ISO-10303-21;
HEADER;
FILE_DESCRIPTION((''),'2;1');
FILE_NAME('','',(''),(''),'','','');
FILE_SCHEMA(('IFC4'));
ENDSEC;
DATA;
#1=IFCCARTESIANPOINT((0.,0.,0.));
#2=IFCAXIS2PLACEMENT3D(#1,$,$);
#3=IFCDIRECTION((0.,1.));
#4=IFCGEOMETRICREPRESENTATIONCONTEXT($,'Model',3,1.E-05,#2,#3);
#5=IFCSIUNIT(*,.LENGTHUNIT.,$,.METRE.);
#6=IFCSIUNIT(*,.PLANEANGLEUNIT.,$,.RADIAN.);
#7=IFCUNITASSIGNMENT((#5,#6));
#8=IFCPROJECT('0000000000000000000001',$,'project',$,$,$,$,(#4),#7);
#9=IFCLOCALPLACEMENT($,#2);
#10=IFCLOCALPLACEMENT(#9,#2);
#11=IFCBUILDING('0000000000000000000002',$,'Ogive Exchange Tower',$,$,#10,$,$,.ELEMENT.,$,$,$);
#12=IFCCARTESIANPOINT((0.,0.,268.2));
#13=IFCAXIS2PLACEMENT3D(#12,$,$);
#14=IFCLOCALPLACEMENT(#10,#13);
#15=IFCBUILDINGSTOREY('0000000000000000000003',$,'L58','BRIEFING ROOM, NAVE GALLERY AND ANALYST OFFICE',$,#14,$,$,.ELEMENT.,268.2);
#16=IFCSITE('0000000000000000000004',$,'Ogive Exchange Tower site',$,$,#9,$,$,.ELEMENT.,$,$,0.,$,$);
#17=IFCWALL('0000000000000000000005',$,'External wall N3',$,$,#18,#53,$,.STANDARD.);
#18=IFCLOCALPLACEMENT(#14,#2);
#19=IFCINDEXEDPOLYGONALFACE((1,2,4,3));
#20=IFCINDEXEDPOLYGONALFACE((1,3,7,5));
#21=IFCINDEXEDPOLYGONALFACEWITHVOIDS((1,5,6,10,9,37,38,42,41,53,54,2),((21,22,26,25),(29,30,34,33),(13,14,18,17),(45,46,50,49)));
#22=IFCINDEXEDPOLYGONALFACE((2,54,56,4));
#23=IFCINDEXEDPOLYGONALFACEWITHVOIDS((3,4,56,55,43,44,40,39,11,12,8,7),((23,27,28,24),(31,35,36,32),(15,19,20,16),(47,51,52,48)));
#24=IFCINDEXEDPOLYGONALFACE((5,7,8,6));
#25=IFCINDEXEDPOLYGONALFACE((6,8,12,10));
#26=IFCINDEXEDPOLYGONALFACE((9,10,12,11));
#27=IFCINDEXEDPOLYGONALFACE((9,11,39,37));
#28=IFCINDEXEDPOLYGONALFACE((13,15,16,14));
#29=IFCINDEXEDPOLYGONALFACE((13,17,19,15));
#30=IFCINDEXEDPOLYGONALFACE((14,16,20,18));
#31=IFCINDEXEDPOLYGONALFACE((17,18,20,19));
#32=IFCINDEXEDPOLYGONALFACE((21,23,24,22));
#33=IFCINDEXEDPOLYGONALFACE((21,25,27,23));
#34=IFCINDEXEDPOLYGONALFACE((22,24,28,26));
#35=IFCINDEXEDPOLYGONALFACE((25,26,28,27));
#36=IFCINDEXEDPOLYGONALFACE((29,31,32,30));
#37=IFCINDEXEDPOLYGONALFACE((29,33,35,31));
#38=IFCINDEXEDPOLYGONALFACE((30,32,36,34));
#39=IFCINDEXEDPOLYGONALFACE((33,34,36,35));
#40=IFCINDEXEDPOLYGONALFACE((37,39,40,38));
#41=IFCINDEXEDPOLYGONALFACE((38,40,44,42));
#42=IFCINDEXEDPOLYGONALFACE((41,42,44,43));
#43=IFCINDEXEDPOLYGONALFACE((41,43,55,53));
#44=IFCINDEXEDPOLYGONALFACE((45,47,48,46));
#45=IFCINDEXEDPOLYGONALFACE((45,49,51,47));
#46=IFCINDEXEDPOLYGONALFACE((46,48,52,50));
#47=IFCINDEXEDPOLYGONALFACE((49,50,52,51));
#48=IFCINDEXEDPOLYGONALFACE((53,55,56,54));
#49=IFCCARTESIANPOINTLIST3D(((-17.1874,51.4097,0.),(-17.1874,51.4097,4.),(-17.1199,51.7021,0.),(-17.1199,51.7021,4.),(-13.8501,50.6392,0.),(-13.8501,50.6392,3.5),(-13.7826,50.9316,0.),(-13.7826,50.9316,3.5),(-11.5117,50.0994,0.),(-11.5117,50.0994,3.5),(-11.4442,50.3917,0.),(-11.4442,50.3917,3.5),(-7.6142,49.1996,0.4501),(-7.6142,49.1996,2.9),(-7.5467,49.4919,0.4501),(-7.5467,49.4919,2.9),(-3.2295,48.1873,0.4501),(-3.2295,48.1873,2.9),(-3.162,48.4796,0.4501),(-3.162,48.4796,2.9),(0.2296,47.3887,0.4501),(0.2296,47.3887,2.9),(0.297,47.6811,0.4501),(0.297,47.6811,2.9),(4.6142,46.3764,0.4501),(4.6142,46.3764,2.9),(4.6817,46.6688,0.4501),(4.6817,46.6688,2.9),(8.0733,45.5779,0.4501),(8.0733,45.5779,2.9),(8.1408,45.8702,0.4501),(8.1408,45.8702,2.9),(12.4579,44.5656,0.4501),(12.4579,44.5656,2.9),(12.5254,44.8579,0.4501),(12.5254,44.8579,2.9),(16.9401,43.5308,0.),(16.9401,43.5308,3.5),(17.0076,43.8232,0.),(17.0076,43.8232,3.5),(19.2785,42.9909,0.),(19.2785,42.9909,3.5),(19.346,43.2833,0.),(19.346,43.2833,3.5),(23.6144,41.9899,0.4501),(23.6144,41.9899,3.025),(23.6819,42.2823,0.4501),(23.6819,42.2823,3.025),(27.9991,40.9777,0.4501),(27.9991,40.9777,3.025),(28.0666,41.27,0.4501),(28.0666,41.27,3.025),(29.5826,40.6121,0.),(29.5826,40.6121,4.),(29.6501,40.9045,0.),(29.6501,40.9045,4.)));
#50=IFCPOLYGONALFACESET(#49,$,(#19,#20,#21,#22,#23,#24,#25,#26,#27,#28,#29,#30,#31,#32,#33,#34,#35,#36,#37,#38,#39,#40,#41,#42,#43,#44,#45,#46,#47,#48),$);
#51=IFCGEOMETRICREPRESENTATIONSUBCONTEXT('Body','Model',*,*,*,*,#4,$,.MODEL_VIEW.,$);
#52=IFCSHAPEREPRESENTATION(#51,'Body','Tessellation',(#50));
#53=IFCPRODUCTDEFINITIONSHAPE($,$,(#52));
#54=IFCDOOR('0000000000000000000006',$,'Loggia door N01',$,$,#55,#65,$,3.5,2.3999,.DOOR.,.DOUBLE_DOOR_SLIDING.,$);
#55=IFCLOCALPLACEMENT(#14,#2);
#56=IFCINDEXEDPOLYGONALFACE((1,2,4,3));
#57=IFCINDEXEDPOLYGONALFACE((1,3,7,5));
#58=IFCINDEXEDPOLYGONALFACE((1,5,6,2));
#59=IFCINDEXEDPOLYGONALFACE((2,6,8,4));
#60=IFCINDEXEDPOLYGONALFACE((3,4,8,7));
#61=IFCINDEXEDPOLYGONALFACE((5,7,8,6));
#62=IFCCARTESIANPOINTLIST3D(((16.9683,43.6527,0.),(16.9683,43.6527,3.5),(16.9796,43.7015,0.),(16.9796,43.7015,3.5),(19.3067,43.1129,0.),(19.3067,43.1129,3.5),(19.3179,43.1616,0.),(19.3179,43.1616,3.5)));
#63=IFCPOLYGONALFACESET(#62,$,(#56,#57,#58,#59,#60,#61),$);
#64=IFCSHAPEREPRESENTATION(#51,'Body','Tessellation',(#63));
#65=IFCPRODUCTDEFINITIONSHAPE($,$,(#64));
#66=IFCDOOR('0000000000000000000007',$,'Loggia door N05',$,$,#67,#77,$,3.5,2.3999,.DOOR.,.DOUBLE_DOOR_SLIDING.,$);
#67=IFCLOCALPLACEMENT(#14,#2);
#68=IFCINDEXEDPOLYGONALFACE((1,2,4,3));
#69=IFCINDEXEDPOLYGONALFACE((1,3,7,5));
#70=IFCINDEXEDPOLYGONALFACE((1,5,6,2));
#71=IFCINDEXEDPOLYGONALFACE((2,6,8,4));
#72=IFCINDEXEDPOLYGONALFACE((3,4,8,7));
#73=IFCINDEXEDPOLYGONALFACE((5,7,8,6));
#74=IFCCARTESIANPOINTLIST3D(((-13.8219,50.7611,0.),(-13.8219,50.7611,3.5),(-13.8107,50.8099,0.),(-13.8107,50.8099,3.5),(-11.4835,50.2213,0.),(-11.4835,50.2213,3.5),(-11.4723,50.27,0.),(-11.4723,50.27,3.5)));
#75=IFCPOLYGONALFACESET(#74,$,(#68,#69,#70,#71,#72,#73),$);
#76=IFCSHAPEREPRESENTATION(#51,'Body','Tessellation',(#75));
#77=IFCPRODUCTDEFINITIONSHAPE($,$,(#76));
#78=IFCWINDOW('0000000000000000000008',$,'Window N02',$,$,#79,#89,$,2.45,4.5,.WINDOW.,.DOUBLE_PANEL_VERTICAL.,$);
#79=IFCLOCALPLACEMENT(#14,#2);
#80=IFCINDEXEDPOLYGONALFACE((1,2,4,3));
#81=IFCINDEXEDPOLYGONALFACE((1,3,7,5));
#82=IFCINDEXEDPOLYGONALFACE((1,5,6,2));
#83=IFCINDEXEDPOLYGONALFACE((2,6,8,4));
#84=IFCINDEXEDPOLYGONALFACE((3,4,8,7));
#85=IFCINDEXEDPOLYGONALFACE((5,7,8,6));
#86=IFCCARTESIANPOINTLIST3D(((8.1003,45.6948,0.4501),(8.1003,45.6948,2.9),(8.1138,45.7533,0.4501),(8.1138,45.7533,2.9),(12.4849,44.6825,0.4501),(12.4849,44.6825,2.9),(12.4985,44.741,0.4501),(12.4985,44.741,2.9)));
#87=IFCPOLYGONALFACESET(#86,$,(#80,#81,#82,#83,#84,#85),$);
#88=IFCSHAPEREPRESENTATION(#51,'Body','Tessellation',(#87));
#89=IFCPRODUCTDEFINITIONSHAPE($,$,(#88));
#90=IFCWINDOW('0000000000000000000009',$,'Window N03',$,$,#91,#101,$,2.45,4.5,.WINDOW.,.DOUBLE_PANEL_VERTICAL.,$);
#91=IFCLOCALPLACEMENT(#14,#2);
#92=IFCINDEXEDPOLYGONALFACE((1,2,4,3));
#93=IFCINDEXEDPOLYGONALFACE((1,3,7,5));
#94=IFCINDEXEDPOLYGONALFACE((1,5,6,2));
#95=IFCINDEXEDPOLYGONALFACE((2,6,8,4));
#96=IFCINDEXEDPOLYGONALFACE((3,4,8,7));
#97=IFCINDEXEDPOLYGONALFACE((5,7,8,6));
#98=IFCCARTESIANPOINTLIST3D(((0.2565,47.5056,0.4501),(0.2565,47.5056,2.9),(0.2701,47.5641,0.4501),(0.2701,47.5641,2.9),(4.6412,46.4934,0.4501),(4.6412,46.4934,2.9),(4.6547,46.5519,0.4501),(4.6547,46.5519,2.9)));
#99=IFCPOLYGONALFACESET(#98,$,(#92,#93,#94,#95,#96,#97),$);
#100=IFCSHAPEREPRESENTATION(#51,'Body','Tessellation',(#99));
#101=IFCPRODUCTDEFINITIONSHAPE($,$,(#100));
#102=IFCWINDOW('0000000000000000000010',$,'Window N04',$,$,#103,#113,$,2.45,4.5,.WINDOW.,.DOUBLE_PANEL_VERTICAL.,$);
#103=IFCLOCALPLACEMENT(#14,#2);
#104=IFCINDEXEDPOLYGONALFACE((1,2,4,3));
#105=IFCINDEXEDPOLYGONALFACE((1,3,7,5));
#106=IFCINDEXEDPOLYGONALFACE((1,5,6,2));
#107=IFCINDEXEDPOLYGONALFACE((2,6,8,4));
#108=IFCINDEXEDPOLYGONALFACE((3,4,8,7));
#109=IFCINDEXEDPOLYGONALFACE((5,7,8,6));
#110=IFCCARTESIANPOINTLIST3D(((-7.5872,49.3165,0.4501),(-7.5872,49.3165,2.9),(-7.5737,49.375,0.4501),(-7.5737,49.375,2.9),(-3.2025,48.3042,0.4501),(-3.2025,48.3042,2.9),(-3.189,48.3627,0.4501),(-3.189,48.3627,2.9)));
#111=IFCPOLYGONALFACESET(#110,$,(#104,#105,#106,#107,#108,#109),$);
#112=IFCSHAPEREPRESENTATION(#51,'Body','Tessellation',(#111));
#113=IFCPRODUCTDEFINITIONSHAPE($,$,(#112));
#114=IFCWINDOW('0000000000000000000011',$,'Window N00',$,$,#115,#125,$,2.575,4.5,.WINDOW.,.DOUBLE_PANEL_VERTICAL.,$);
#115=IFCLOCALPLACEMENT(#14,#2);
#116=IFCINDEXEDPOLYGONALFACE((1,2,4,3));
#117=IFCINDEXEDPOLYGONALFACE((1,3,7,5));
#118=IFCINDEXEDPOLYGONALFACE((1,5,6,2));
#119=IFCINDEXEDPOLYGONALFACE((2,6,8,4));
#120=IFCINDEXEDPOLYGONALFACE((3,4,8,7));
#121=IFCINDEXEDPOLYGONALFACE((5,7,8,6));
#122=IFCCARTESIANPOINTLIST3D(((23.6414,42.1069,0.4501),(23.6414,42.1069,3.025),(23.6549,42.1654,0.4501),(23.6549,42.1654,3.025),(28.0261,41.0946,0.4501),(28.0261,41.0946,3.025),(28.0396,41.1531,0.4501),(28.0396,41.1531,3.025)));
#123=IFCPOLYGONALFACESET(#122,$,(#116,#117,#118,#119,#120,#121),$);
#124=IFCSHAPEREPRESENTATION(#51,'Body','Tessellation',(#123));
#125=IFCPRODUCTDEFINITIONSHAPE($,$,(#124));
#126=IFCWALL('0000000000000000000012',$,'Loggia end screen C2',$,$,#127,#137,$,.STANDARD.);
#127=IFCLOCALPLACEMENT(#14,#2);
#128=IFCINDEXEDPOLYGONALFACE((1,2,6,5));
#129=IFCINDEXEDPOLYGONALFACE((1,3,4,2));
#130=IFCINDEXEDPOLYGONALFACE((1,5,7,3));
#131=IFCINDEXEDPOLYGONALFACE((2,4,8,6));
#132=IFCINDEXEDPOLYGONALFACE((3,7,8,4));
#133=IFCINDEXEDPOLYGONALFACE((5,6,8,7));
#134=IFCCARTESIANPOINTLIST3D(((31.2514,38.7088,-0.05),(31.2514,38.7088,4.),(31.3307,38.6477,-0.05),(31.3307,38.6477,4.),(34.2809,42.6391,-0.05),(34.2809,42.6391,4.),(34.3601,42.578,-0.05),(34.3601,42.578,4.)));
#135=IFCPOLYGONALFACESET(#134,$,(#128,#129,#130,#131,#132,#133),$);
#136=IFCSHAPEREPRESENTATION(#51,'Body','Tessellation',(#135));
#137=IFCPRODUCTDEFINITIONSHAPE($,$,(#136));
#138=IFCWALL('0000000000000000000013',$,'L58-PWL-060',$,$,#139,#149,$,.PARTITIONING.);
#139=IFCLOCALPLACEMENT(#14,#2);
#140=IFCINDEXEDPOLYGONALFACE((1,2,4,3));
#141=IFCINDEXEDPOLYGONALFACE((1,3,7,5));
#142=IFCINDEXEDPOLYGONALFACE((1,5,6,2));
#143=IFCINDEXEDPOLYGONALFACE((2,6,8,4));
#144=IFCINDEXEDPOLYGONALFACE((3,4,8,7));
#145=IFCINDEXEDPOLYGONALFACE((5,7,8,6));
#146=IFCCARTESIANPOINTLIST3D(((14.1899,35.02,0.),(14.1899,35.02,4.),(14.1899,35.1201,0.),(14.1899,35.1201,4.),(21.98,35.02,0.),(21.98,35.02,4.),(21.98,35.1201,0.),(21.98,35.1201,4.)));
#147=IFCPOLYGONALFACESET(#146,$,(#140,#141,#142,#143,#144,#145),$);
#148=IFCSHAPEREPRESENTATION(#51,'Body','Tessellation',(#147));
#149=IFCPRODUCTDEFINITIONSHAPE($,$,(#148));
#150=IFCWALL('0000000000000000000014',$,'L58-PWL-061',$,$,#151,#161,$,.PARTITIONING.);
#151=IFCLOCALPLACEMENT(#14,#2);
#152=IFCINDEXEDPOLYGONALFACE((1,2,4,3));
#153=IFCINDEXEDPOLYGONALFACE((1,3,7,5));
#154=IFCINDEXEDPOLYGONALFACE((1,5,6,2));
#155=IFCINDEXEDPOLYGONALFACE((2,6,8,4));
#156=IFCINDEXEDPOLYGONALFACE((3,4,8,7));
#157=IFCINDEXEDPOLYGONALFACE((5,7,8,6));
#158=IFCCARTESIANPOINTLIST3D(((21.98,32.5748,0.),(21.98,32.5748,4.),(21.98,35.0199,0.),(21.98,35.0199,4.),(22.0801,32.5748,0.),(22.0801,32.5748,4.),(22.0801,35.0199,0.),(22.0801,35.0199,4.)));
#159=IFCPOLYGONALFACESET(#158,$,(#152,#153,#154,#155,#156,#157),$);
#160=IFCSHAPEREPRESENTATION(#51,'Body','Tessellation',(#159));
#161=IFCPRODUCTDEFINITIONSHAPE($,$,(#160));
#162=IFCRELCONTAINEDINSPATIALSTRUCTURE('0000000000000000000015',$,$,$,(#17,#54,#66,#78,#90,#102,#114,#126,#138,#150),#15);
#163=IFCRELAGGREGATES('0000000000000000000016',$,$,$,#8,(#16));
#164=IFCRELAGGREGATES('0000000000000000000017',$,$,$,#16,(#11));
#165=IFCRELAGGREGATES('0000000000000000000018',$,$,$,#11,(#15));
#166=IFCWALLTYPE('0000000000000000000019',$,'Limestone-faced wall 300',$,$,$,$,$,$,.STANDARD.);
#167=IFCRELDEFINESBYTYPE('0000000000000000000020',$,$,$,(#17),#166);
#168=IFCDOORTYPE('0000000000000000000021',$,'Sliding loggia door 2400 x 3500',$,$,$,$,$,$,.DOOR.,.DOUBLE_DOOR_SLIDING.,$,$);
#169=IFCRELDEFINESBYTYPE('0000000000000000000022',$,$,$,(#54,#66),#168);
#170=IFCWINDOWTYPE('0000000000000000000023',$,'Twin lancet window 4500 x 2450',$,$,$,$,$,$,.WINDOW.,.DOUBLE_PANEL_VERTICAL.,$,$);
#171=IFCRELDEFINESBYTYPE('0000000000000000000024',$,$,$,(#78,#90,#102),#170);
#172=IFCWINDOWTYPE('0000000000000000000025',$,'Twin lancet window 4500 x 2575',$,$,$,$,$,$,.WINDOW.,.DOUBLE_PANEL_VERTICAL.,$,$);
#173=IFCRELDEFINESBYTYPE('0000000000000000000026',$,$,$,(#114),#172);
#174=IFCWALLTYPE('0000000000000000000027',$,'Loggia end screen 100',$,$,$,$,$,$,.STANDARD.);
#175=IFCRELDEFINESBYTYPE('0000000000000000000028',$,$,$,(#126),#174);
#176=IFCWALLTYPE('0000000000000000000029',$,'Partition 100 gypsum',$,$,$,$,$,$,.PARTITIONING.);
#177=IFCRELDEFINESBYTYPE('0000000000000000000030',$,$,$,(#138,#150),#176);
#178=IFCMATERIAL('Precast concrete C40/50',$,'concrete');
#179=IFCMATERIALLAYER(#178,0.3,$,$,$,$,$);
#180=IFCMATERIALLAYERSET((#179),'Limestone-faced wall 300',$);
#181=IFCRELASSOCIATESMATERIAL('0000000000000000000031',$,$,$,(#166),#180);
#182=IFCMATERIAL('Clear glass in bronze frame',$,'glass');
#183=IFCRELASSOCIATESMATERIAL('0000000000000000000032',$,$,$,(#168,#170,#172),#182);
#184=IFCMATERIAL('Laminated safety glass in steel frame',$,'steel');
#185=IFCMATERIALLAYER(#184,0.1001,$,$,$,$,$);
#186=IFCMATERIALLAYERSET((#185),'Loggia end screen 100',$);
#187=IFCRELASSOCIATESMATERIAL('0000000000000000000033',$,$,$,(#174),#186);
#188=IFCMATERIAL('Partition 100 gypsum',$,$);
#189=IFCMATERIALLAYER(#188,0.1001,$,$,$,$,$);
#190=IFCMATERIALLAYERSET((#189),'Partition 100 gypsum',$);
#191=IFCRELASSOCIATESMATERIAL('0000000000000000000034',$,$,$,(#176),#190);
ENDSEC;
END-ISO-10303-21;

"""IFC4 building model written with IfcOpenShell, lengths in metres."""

from ifc_helpers import new_model, si_unit, direction, frame, frame_2d, origin, place, context, subcontext, project, spatial, rectangle, extrude, material, layer, layer_set, type_object, element, fill, save


model = new_model("IFC4")

# Units and contexts
model_context = context("Model", 3, precision=1e-05, world=origin(), true_north=direction((0.0, 1.0)))
body_context = subcontext(model_context, "Body", "Model", "MODEL_VIEW")
ifc_project = project(units=[si_unit("LENGTHUNIT", "METRE"), si_unit("PLANEANGLEUNIT", "RADIAN")], contexts=[model_context])

# Site, building, storey
site_placement = place(None, origin())
site = spatial("IfcSite", under=ifc_project, at=site_placement, Name="Ogive Exchange Tower site", CompositionType="ELEMENT", RefElevation=0.0)
building_placement = place(site_placement, origin())
building = spatial("IfcBuilding", under=site, at=building_placement, Name="Ogive Exchange Tower", CompositionType="ELEMENT")
storey_placement = place(building_placement, frame((0.0, 0.0, 268.2)))
storey = spatial("IfcBuildingStorey", under=building, at=storey_placement, Name="L58", Description="BRIEFING ROOM, NAVE GALLERY AND ANALYST OFFICE", CompositionType="ELEMENT", Elevation=268.2)

# Wall, openings, doors, windows
ifc_material_1 = material(Name="Precast concrete C40/50", Category="concrete")
ifc_layer_1 = layer(ifc_material_1, 0.3)
ifc_layer_set_1 = layer_set([ifc_layer_1], Name="Limestone-faced wall 300")
wall_type_1 = type_object("IfcWallType", Name="Limestone-faced wall 300", PredefinedType="STANDARD", material=ifc_layer_set_1)
wall_1_placement = place(storey_placement, frame((29.6162, 40.7583, 0.0), z_axis=(0.0, 0.0, 1.0), x_axis=(-0.974371, 0.224949, 0.0)))
wall_1 = element("IfcWall", 1, at=wall_1_placement, inside=storey, type_object=wall_type_1, Name="External wall N3", PredefinedType="STANDARD", context=body_context, shape_type="SweptSolid", body=[
    extrude(rectangle(XDim=48.0002, YDim=0.3, at=frame_2d((24.0, 0.0))), origin(), (0.0, 0.0, 1.0), 4.0),
])
opening_1_placement = place(wall_1_placement, frame((1.625, 0.0, 0.45)))
opening_1 = element("IfcOpeningElement", 2, at=opening_1_placement, cuts=wall_1, PredefinedType="OPENING", context=body_context, shape_type="SweptSolid", body=[
    extrude(rectangle(XDim=4.5, YDim=2.575, at=frame_2d((2.25, 1.2876))), frame((0.0, 0.1599, 0.0), z_axis=(0.0, -1.0, 0.0), x_axis=(1.0, 0.0, 0.0)), (0.0, 0.0, 1.0), 0.3201),
])
opening_2_placement = place(wall_1_placement, frame((10.575, 0.0, 0.0)))
opening_2 = element("IfcOpeningElement", 3, at=opening_2_placement, cuts=wall_1, PredefinedType="OPENING", context=body_context, shape_type="SweptSolid", body=[
    extrude(rectangle(XDim=2.3999, YDim=3.5, at=frame_2d((1.2, 1.75))), frame((0.0, 0.1599, 0.0), z_axis=(0.0, -1.0, 0.0), x_axis=(1.0, 0.0, 0.0)), (0.0, 0.0, 1.0), 0.3201),
])
opening_3_placement = place(wall_1_placement, frame((17.575, 0.0, 0.45)))
opening_3 = element("IfcOpeningElement", 4, at=opening_3_placement, cuts=wall_1, PredefinedType="OPENING", context=body_context, shape_type="SweptSolid", body=[
    extrude(rectangle(XDim=4.5, YDim=2.45, at=frame_2d((2.25, 1.2251))), frame((0.0, 0.1599, 0.0), z_axis=(0.0, -1.0, 0.0), x_axis=(1.0, 0.0, 0.0)), (0.0, 0.0, 1.0), 0.3201),
])
opening_4_placement = place(wall_1_placement, frame((25.625, 0.0, 0.45)))
opening_4 = element("IfcOpeningElement", 5, at=opening_4_placement, cuts=wall_1, PredefinedType="OPENING", context=body_context, shape_type="SweptSolid", body=[
    extrude(rectangle(XDim=4.5, YDim=2.45, at=frame_2d((2.25, 1.2251))), frame((0.0, 0.1599, 0.0), z_axis=(0.0, -1.0, 0.0), x_axis=(1.0, 0.0, 0.0)), (0.0, 0.0, 1.0), 0.3201),
])
opening_5_placement = place(wall_1_placement, frame((33.675, 0.0, 0.45)))
opening_5 = element("IfcOpeningElement", 6, at=opening_5_placement, cuts=wall_1, PredefinedType="OPENING", context=body_context, shape_type="SweptSolid", body=[
    extrude(rectangle(XDim=4.5, YDim=2.45, at=frame_2d((2.25, 1.2251))), frame((0.0, 0.1599, 0.0), z_axis=(0.0, -1.0, 0.0), x_axis=(1.0, 0.0, 0.0)), (0.0, 0.0, 1.0), 0.3201),
])
opening_6_placement = place(wall_1_placement, frame((42.175, 0.0, 0.0)))
opening_6 = element("IfcOpeningElement", 7, at=opening_6_placement, cuts=wall_1, PredefinedType="OPENING", context=body_context, shape_type="SweptSolid", body=[
    extrude(rectangle(XDim=2.3999, YDim=3.5, at=frame_2d((1.2, 1.75))), frame((0.0, 0.1599, 0.0), z_axis=(0.0, -1.0, 0.0), x_axis=(1.0, 0.0, 0.0)), (0.0, 0.0, 1.0), 0.3201),
])
ifc_material_2 = material(Name="Clear glass in bronze frame", Category="glass")
door_type_1 = type_object("IfcDoorType", Name="Sliding loggia door 2400 x 3500", OperationType="DOUBLE_DOOR_SLIDING", PredefinedType="DOOR", material=ifc_material_2)
door_1_placement = place(opening_2_placement, origin())
door_1 = element("IfcDoor", 8, at=door_1_placement, inside=storey, type_object=door_type_1, Name="Loggia door N01", OperationType="DOUBLE_DOOR_SLIDING", OverallHeight=3.5, OverallWidth=2.3999, PredefinedType="DOOR", context=body_context, shape_type="SweptSolid", body=[
    extrude(rectangle(XDim=2.3999, YDim=3.5, at=frame_2d((1.2, 1.75))), frame((0.0, 0.0249, 0.0), z_axis=(0.0, -1.0, 0.0), x_axis=(1.0, 0.0, 0.0)), (0.0, 0.0, 1.0), 0.05),
])
fill(opening_2, door_1)
door_2_placement = place(opening_6_placement, origin())
door_2 = element("IfcDoor", 9, at=door_2_placement, inside=storey, type_object=door_type_1, Name="Loggia door N05", OperationType="DOUBLE_DOOR_SLIDING", OverallHeight=3.5, OverallWidth=2.3999, PredefinedType="DOOR", context=body_context, shape_type="SweptSolid", body=[
    extrude(rectangle(XDim=2.3999, YDim=3.5, at=frame_2d((1.2, 1.75))), frame((0.0, 0.0249, 0.0), z_axis=(0.0, -1.0, 0.0), x_axis=(1.0, 0.0, 0.0)), (0.0, 0.0, 1.0), 0.05),
])
fill(opening_6, door_2)
window_type_1 = type_object("IfcWindowType", Name="Twin lancet window 4500 x 2450", PartitioningType="DOUBLE_PANEL_VERTICAL", PredefinedType="WINDOW", material=ifc_material_2)
window_1_placement = place(opening_3_placement, origin())
window_1 = element("IfcWindow", 10, at=window_1_placement, inside=storey, type_object=window_type_1, Name="Window N02", OverallHeight=2.45, OverallWidth=4.5, PartitioningType="DOUBLE_PANEL_VERTICAL", PredefinedType="WINDOW", context=body_context, shape_type="SweptSolid", body=[
    extrude(rectangle(XDim=4.5, YDim=2.45, at=frame_2d((2.25, 1.2251))), frame((0.0, 0.03, 0.0), z_axis=(0.0, -1.0, 0.0), x_axis=(1.0, 0.0, 0.0)), (0.0, 0.0, 1.0), 0.0601),
])
fill(opening_3, window_1)
window_2_placement = place(opening_4_placement, origin())
window_2 = element("IfcWindow", 11, at=window_2_placement, inside=storey, type_object=window_type_1, Name="Window N03", OverallHeight=2.45, OverallWidth=4.5, PartitioningType="DOUBLE_PANEL_VERTICAL", PredefinedType="WINDOW", context=body_context, shape_type="SweptSolid", body=[
    extrude(rectangle(XDim=4.5, YDim=2.45, at=frame_2d((2.25, 1.2251))), frame((0.0, 0.03, 0.0), z_axis=(0.0, -1.0, 0.0), x_axis=(1.0, 0.0, 0.0)), (0.0, 0.0, 1.0), 0.0601),
])
fill(opening_4, window_2)
window_3_placement = place(opening_5_placement, origin())
window_3 = element("IfcWindow", 12, at=window_3_placement, inside=storey, type_object=window_type_1, Name="Window N04", OverallHeight=2.45, OverallWidth=4.5, PartitioningType="DOUBLE_PANEL_VERTICAL", PredefinedType="WINDOW", context=body_context, shape_type="SweptSolid", body=[
    extrude(rectangle(XDim=4.5, YDim=2.45, at=frame_2d((2.25, 1.2251))), frame((0.0, 0.03, 0.0), z_axis=(0.0, -1.0, 0.0), x_axis=(1.0, 0.0, 0.0)), (0.0, 0.0, 1.0), 0.0601),
])
fill(opening_5, window_3)
window_type_2 = type_object("IfcWindowType", Name="Twin lancet window 4500 x 2575", PartitioningType="DOUBLE_PANEL_VERTICAL", PredefinedType="WINDOW", material=ifc_material_2)
window_4_placement = place(opening_1_placement, origin())
window_4 = element("IfcWindow", 13, at=window_4_placement, inside=storey, type_object=window_type_2, Name="Window N00", OverallHeight=2.575, OverallWidth=4.5, PartitioningType="DOUBLE_PANEL_VERTICAL", PredefinedType="WINDOW", context=body_context, shape_type="SweptSolid", body=[
    extrude(rectangle(XDim=4.5, YDim=2.575, at=frame_2d((2.25, 1.2876))), frame((0.0, 0.03, 0.0), z_axis=(0.0, -1.0, 0.0), x_axis=(1.0, 0.0, 0.0)), (0.0, 0.0, 1.0), 0.0601),
])
fill(opening_1, window_4)

# Walls
ifc_material_3 = material(Name="Laminated safety glass in steel frame", Category="steel")
ifc_layer_2 = layer(ifc_material_3, 0.1001)
ifc_layer_set_2 = layer_set([ifc_layer_2], Name="Loggia end screen 100")
wall_type_2 = type_object("IfcWallType", Name="Loggia end screen 100", PredefinedType="STANDARD", material=ifc_layer_set_2)
wall_2_placement = place(storey_placement, frame((31.291, 38.6782, -0.05), z_axis=(0.0, 0.0, 1.0), x_axis=(0.610488, 0.792026, 0.0)))
element("IfcWall", 14, at=wall_2_placement, inside=storey, type_object=wall_type_2, Name="Loggia end screen C2", PredefinedType="STANDARD", context=body_context, shape_type="SweptSolid", body=[
    extrude(rectangle(XDim=4.9624, YDim=0.1001, at=frame_2d((2.4812, 0.0))), origin(), (0.0, 0.0, 1.0), 4.05),
])
ifc_material_4 = material(Name="Partition 100 gypsum")
ifc_layer_3 = layer(ifc_material_4, 0.1001)
ifc_layer_set_3 = layer_set([ifc_layer_3], Name="Partition 100 gypsum")
wall_type_3 = type_object("IfcWallType", Name="Partition 100 gypsum", PredefinedType="PARTITIONING", material=ifc_layer_set_3)
wall_3_placement = place(storey_placement, frame((21.98, 35.0701, 0.0), z_axis=(0.0, 0.0, 1.0), x_axis=(-1.0, 0.0, 0.0)))
element("IfcWall", 15, at=wall_3_placement, inside=storey, type_object=wall_type_3, Name="L58-PWL-060", PredefinedType="PARTITIONING", context=body_context, shape_type="SweptSolid", body=[
    extrude(rectangle(XDim=7.79, YDim=0.1001, at=frame_2d((3.895, 0.0))), origin(), (0.0, 0.0, 1.0), 4.0),
])
wall_4_placement = place(storey_placement, frame((22.03, 35.02, 0.0), z_axis=(0.0, 0.0, 1.0), x_axis=(0.0, -1.0, 0.0)))
element("IfcWall", 16, at=wall_4_placement, inside=storey, type_object=wall_type_3, Name="L58-PWL-061", PredefinedType="PARTITIONING", context=body_context, shape_type="SweptSolid", body=[
    extrude(rectangle(XDim=2.4451, YDim=0.1001, at=frame_2d((1.2227, 0.0))), origin(), (0.0, 0.0, 1.0), 4.0),
])

save(model, "model.ifc")
